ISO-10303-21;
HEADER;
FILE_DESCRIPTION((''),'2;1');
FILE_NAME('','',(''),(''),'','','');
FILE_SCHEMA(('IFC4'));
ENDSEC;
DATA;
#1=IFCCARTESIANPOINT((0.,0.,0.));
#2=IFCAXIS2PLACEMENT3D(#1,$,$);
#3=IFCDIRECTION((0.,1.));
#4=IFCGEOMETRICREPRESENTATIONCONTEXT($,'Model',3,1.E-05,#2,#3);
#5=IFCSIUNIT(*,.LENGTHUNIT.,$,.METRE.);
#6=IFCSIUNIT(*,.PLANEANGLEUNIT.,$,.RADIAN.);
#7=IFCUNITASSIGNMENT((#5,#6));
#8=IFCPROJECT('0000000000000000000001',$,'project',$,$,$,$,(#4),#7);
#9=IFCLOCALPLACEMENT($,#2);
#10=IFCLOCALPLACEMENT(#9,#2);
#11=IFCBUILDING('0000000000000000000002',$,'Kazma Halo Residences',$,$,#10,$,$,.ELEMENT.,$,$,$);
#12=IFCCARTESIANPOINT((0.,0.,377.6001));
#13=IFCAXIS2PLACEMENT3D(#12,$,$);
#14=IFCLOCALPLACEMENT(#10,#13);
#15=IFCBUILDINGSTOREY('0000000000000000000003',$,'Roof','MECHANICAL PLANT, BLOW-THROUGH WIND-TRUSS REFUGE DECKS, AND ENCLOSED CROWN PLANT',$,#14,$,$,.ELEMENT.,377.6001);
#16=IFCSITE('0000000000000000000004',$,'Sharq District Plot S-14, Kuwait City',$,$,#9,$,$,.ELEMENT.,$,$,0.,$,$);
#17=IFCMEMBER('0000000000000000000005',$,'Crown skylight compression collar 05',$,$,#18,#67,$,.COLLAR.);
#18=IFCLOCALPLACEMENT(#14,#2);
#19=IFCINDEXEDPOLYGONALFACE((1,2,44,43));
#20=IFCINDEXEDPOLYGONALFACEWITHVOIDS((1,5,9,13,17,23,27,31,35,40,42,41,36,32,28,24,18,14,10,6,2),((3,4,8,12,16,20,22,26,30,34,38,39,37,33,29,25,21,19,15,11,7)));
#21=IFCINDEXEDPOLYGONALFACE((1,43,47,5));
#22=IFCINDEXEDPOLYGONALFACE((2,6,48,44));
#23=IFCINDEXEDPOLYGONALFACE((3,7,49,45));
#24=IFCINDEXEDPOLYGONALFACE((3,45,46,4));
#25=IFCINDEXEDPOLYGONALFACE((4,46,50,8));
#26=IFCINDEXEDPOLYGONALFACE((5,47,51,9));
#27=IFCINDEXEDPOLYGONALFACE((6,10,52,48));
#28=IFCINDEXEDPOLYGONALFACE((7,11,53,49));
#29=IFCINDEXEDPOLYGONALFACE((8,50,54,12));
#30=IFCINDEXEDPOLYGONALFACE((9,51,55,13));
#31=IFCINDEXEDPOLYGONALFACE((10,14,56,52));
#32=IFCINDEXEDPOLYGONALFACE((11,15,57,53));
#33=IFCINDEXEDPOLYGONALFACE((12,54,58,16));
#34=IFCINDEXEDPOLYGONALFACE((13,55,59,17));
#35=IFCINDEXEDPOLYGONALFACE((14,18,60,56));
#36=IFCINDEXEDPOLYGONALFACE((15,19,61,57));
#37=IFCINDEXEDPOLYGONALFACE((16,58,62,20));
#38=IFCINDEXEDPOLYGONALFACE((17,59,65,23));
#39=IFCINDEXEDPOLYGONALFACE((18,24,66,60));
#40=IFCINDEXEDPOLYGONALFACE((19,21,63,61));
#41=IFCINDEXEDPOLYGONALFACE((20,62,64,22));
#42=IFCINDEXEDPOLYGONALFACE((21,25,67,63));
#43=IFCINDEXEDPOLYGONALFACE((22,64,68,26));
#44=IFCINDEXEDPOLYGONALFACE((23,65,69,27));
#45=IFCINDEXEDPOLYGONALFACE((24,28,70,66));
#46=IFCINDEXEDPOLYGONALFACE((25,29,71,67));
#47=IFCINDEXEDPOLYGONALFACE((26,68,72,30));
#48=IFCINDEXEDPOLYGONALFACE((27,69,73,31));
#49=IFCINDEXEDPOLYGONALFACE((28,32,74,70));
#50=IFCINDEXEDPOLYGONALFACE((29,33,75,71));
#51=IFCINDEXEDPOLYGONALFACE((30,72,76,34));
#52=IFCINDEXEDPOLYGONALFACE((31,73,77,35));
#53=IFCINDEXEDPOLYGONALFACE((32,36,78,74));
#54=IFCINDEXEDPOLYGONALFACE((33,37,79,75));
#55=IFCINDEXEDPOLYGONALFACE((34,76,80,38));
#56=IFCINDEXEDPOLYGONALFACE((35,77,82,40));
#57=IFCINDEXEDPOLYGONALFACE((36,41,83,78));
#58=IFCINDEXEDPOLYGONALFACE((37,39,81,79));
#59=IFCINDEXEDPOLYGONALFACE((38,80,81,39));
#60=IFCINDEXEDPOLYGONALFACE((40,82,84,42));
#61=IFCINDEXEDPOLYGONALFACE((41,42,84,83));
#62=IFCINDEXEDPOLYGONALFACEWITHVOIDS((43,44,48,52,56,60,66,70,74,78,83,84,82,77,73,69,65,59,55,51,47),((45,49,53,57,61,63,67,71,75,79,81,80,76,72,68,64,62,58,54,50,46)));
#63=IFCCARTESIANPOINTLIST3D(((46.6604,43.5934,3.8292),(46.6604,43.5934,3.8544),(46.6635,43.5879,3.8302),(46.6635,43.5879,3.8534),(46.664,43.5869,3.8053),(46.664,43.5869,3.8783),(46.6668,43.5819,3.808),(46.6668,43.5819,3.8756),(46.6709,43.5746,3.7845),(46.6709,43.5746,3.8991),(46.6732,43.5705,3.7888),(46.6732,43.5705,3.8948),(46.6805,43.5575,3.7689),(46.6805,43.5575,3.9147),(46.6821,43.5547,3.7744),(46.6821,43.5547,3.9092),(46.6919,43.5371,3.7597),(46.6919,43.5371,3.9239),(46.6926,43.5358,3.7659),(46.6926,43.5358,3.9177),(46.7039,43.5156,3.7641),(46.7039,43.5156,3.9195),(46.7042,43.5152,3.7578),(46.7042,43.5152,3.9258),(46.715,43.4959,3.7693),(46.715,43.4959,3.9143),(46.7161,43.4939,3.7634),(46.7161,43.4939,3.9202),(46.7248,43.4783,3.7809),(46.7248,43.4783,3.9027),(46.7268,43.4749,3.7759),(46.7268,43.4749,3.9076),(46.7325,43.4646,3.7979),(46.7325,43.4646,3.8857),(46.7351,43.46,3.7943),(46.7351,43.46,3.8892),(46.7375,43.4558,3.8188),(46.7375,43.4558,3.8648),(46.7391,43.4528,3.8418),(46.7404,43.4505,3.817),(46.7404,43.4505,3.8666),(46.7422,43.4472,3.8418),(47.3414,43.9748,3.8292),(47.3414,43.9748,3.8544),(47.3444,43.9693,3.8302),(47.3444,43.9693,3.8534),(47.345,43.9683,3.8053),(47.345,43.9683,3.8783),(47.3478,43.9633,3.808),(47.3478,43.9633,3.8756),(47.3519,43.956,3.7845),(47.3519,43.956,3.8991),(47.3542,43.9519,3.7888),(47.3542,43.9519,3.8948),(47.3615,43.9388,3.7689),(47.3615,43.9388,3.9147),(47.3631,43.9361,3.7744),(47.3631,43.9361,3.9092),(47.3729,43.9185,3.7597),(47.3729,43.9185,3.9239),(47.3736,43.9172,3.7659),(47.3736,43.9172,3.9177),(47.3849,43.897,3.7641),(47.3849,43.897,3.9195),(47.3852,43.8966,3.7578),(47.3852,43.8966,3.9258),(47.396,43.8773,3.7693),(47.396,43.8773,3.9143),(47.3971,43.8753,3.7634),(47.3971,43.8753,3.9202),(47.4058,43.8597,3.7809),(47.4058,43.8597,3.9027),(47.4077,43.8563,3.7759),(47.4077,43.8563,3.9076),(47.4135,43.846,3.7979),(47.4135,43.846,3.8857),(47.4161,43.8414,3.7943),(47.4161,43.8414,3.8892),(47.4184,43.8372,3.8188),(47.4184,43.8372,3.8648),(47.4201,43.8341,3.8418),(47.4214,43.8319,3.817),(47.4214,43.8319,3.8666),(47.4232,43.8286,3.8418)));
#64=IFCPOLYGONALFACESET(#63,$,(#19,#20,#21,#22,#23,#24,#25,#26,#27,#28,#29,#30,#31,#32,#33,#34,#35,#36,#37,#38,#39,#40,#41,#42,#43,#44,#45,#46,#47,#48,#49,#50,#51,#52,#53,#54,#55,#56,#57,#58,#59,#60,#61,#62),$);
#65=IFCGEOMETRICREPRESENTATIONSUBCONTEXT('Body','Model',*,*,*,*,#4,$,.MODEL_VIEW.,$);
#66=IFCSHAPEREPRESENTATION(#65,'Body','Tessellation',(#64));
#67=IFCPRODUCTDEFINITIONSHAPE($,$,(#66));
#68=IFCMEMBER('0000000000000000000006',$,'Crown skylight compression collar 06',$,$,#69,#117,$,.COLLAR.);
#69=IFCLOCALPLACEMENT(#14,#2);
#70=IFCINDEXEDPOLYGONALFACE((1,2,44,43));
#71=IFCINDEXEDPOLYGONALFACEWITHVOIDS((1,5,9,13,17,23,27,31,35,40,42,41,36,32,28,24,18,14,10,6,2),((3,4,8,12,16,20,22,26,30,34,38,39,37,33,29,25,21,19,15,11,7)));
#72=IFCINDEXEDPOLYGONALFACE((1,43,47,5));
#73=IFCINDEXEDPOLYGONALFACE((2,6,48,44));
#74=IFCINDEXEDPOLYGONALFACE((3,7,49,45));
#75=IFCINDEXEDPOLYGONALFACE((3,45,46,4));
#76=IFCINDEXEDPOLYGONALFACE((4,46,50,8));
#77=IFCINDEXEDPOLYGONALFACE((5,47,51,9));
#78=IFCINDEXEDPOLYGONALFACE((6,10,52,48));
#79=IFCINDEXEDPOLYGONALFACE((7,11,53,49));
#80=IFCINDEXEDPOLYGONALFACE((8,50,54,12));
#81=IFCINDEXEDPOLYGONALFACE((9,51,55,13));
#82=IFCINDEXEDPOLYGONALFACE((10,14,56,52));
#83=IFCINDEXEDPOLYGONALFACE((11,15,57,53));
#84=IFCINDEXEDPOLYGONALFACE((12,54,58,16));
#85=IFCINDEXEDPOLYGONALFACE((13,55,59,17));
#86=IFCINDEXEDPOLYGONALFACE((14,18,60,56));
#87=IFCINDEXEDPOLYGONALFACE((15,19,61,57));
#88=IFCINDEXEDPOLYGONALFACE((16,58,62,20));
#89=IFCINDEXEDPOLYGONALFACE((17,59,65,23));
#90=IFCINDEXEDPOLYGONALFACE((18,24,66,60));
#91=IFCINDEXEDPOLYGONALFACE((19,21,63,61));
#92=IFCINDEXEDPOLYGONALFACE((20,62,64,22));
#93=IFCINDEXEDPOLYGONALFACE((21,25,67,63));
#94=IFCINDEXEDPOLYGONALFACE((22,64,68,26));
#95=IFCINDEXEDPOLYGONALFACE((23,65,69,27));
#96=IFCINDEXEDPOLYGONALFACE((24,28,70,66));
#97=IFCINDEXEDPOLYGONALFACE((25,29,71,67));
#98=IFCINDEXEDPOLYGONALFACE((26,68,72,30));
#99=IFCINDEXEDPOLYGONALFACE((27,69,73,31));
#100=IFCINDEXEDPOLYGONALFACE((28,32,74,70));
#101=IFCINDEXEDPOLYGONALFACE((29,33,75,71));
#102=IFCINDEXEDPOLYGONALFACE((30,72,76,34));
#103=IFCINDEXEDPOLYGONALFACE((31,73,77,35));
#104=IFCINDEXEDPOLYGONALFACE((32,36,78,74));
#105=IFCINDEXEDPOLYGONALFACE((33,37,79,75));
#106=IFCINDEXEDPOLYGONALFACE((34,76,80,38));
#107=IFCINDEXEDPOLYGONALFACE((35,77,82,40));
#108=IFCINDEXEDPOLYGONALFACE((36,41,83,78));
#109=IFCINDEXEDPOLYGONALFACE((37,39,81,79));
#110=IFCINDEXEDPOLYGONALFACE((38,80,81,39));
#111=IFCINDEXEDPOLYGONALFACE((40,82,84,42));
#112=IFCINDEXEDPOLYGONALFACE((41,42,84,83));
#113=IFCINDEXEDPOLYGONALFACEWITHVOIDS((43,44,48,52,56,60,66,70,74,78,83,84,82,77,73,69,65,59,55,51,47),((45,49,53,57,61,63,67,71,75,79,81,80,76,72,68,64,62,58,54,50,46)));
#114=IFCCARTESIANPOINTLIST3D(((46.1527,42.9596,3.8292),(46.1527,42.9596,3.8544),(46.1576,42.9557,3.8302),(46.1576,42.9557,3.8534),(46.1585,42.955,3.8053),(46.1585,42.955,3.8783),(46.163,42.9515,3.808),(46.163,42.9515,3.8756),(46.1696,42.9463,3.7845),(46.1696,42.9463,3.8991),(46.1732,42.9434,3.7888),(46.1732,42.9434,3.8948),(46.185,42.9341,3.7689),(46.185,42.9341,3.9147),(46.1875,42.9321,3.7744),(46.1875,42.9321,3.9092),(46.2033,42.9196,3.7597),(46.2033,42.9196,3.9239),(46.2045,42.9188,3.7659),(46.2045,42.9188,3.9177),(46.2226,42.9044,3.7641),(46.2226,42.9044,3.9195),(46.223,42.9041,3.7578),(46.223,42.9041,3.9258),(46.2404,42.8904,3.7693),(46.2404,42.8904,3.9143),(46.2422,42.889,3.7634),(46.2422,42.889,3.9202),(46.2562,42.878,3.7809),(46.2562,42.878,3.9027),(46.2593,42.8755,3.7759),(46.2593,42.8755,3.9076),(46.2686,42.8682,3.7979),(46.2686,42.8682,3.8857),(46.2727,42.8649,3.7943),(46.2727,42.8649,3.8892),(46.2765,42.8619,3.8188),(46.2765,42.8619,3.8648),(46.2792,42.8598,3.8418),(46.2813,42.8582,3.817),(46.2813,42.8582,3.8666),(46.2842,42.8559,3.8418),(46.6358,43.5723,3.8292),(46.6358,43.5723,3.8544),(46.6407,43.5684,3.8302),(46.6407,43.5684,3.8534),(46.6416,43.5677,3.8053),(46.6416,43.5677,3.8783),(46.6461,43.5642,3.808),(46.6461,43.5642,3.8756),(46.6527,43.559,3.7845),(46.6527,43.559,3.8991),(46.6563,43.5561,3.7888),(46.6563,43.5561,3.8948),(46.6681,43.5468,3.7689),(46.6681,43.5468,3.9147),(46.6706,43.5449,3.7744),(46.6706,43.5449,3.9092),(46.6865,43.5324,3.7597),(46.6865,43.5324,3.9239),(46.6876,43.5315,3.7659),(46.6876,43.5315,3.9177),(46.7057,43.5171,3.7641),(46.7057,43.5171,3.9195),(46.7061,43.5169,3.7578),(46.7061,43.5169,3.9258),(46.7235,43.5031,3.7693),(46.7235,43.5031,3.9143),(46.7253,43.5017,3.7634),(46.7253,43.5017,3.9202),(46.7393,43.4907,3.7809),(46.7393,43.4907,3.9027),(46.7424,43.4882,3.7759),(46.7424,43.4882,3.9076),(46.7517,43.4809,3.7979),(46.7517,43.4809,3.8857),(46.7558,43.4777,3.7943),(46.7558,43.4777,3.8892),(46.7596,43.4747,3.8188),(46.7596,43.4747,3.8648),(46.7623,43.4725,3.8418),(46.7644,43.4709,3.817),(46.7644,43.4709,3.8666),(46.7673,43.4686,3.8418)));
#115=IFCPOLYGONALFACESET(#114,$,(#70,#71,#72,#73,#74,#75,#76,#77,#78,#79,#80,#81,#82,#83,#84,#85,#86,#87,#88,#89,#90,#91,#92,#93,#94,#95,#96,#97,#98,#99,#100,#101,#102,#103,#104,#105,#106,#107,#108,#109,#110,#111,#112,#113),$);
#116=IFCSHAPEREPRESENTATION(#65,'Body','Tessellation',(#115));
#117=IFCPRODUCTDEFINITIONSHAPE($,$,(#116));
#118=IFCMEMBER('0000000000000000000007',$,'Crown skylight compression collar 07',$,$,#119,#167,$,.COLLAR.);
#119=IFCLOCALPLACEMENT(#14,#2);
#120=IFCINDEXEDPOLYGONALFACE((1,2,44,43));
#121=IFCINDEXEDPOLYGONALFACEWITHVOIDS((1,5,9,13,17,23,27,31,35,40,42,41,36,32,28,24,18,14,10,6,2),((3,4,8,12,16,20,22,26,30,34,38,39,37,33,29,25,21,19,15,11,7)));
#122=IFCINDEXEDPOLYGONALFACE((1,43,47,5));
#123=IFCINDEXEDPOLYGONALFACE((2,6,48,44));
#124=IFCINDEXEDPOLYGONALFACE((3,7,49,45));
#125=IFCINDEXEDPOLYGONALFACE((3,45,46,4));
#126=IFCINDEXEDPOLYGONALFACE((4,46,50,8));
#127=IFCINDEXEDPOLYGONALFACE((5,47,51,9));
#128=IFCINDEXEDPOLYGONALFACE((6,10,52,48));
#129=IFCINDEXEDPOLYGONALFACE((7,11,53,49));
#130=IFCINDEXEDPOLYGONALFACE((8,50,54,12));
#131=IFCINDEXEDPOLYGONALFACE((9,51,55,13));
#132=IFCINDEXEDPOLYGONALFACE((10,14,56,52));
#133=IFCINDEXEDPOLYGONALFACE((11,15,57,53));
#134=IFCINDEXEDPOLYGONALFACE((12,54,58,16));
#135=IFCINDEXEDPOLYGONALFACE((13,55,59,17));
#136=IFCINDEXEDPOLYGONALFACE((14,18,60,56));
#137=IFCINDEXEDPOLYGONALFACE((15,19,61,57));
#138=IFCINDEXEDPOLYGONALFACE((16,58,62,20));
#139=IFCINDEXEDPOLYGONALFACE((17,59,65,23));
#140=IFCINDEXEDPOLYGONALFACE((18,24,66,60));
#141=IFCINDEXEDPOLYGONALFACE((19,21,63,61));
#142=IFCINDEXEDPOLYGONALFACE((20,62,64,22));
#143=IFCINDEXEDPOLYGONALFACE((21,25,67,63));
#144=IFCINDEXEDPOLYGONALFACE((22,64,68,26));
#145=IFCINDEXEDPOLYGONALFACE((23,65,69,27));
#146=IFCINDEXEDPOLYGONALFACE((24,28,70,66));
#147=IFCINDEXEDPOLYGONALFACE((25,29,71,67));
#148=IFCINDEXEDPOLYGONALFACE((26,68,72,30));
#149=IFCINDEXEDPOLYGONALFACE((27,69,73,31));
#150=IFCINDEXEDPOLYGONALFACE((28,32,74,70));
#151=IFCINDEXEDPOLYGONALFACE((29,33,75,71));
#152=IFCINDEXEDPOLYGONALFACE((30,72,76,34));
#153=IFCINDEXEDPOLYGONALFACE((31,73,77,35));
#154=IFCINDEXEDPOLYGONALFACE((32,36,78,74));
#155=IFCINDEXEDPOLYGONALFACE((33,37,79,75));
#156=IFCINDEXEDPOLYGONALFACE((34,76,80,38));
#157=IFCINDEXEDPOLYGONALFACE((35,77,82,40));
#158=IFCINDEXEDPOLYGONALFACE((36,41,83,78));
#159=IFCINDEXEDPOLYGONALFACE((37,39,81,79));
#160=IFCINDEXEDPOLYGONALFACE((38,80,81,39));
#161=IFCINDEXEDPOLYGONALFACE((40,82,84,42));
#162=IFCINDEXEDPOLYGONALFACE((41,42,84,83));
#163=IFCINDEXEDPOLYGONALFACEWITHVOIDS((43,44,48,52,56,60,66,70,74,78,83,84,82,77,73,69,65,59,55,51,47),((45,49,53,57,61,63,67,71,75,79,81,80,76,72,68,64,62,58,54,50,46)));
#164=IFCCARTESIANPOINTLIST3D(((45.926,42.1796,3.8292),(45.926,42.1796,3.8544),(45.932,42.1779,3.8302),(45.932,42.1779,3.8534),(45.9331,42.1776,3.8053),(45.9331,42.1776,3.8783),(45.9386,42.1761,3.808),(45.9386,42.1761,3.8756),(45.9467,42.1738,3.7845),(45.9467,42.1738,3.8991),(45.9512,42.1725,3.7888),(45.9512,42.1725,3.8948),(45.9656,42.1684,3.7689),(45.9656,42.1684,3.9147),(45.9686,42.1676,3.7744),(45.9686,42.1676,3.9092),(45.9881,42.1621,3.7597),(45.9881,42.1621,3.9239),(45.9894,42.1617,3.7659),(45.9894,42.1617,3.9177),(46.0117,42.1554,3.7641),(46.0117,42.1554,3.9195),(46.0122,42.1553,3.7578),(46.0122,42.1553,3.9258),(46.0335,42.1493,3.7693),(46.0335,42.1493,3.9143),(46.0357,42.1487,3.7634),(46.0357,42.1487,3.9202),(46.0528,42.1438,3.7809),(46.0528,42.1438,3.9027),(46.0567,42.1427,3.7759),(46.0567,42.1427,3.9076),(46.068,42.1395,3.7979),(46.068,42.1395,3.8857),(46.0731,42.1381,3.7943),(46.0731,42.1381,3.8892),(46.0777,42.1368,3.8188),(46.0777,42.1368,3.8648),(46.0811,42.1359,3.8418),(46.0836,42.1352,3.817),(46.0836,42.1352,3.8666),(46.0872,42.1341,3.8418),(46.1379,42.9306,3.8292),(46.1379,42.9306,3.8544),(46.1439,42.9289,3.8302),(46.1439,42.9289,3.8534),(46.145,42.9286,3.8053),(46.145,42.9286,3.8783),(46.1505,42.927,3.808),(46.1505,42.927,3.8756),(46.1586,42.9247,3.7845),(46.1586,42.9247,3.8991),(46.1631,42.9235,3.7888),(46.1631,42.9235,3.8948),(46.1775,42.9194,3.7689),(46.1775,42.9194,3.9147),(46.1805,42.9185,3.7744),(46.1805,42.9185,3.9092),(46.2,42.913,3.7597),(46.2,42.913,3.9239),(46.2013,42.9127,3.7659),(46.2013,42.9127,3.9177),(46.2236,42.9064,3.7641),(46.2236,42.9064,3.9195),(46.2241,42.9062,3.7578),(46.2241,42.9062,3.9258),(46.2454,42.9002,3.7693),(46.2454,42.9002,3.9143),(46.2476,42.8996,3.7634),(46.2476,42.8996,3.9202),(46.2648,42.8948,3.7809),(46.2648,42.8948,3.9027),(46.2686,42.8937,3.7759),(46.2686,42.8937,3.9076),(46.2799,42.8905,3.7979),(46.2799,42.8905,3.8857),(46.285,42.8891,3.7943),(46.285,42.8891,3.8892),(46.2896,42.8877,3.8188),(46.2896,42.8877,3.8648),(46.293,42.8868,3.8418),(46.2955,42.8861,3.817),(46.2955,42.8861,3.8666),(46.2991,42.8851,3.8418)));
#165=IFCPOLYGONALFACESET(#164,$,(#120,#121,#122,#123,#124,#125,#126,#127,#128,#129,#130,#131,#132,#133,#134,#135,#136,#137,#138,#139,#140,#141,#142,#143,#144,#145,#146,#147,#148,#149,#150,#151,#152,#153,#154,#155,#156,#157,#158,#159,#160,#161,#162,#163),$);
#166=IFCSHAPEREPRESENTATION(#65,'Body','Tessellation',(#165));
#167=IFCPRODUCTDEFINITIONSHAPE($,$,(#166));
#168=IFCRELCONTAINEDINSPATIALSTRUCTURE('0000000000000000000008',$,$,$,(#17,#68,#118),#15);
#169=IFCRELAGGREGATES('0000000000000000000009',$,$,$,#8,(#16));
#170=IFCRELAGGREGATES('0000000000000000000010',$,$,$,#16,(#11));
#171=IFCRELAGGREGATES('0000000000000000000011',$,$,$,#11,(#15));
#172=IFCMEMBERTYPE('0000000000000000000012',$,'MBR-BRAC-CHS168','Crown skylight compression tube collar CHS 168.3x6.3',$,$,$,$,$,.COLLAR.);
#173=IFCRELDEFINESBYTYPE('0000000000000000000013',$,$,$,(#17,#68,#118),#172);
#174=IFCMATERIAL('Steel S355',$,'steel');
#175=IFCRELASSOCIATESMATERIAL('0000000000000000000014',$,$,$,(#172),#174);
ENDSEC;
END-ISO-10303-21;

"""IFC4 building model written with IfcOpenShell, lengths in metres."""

from ifc_helpers import new_model, si_unit, direction, frame, origin, origin_2d, place, context, subcontext, project, spatial, hollow_circle, extrude, material, material_profile, profile_set, type_object, element, save


model = new_model("IFC4")

# Units and contexts
model_context = context("Model", 3, precision=1e-05, world=origin(), true_north=direction((0.0, 1.0)))
body_context = subcontext(model_context, "Body", "Model", "MODEL_VIEW")
ifc_project = project(units=[si_unit("LENGTHUNIT", "METRE"), si_unit("PLANEANGLEUNIT", "RADIAN")], contexts=[model_context])

# Site, building, storey
site_placement = place(None, origin())
site = spatial("IfcSite", under=ifc_project, at=site_placement, Name="Sharq District Plot S-14, Kuwait City", CompositionType="ELEMENT", RefElevation=0.0)
building_placement = place(site_placement, origin())
building = spatial("IfcBuilding", under=site, at=building_placement, Name="Kazma Halo Residences", CompositionType="ELEMENT")
storey_placement = place(building_placement, frame((0.0, 0.0, 377.6001)))
storey = spatial("IfcBuildingStorey", under=building, at=storey_placement, Name="Roof", Description="MECHANICAL PLANT, BLOW-THROUGH WIND-TRUSS REFUGE DECKS, AND ENCLOSED CROWN PLANT", CompositionType="ELEMENT", Elevation=377.6001)

# Shared definitions
ifc_material_1 = material(Name="Steel S355", Category="steel")

# Members
ifc_material_profile_1 = material_profile(ifc_material_1, hollow_circle(Radius=0.0842, WallThickness=0.0063, at=origin_2d()), Name="CHS168.3x6.3")
ifc_profile_set_1 = profile_set([ifc_material_profile_1], Name="Steel S355")
member_type_1 = type_object("IfcMemberType", Name="MBR-BRAC-CHS168", Description="Crown skylight compression tube collar CHS 168.3x6.3", PredefinedType="COLLAR", material=ifc_profile_set_1)
member_1_placement = place(storey_placement, frame((47.3821, 43.9021, 3.8418), z_axis=(-0.872485, -0.488641, 0.0), x_axis=(0.488641, -0.872485, 0.0)))
element("IfcMember", 1, at=member_1_placement, inside=storey, type_object=member_type_1, Name="Crown skylight compression collar 05", PredefinedType="COLLAR", context=body_context, shape_type="SweptSolid", body=[
    extrude(hollow_circle(Radius=0.0842, WallThickness=0.0063, at=origin_2d()), origin(), (0.0, 0.0, 1.0), 0.7805),
])
for number, where, z_axis, x_axis, name in (
    (2, (46.7012, 43.5208, 3.8418), (-0.619147, -0.785275, 0.0), (0.785275, -0.619147, 0.0), "Crown skylight compression collar 06"),
    (3, (46.218, 42.908, 3.8418), (-0.271579, -0.962416, 0.0), (0.962416, -0.271579, 0.0), "Crown skylight compression collar 07"),
):
    element("IfcMember", number, at=place(storey_placement, frame(where, z_axis=z_axis, x_axis=x_axis)), inside=storey, type_object=member_type_1, Name=name, PredefinedType="COLLAR", context=body_context, shape_type="SweptSolid", body=[
        extrude(hollow_circle(Radius=0.0842, WallThickness=0.0063, at=origin_2d()), origin(), (0.0, 0.0, 1.0), 0.7803),
    ])

save(model, "model.ifc")
